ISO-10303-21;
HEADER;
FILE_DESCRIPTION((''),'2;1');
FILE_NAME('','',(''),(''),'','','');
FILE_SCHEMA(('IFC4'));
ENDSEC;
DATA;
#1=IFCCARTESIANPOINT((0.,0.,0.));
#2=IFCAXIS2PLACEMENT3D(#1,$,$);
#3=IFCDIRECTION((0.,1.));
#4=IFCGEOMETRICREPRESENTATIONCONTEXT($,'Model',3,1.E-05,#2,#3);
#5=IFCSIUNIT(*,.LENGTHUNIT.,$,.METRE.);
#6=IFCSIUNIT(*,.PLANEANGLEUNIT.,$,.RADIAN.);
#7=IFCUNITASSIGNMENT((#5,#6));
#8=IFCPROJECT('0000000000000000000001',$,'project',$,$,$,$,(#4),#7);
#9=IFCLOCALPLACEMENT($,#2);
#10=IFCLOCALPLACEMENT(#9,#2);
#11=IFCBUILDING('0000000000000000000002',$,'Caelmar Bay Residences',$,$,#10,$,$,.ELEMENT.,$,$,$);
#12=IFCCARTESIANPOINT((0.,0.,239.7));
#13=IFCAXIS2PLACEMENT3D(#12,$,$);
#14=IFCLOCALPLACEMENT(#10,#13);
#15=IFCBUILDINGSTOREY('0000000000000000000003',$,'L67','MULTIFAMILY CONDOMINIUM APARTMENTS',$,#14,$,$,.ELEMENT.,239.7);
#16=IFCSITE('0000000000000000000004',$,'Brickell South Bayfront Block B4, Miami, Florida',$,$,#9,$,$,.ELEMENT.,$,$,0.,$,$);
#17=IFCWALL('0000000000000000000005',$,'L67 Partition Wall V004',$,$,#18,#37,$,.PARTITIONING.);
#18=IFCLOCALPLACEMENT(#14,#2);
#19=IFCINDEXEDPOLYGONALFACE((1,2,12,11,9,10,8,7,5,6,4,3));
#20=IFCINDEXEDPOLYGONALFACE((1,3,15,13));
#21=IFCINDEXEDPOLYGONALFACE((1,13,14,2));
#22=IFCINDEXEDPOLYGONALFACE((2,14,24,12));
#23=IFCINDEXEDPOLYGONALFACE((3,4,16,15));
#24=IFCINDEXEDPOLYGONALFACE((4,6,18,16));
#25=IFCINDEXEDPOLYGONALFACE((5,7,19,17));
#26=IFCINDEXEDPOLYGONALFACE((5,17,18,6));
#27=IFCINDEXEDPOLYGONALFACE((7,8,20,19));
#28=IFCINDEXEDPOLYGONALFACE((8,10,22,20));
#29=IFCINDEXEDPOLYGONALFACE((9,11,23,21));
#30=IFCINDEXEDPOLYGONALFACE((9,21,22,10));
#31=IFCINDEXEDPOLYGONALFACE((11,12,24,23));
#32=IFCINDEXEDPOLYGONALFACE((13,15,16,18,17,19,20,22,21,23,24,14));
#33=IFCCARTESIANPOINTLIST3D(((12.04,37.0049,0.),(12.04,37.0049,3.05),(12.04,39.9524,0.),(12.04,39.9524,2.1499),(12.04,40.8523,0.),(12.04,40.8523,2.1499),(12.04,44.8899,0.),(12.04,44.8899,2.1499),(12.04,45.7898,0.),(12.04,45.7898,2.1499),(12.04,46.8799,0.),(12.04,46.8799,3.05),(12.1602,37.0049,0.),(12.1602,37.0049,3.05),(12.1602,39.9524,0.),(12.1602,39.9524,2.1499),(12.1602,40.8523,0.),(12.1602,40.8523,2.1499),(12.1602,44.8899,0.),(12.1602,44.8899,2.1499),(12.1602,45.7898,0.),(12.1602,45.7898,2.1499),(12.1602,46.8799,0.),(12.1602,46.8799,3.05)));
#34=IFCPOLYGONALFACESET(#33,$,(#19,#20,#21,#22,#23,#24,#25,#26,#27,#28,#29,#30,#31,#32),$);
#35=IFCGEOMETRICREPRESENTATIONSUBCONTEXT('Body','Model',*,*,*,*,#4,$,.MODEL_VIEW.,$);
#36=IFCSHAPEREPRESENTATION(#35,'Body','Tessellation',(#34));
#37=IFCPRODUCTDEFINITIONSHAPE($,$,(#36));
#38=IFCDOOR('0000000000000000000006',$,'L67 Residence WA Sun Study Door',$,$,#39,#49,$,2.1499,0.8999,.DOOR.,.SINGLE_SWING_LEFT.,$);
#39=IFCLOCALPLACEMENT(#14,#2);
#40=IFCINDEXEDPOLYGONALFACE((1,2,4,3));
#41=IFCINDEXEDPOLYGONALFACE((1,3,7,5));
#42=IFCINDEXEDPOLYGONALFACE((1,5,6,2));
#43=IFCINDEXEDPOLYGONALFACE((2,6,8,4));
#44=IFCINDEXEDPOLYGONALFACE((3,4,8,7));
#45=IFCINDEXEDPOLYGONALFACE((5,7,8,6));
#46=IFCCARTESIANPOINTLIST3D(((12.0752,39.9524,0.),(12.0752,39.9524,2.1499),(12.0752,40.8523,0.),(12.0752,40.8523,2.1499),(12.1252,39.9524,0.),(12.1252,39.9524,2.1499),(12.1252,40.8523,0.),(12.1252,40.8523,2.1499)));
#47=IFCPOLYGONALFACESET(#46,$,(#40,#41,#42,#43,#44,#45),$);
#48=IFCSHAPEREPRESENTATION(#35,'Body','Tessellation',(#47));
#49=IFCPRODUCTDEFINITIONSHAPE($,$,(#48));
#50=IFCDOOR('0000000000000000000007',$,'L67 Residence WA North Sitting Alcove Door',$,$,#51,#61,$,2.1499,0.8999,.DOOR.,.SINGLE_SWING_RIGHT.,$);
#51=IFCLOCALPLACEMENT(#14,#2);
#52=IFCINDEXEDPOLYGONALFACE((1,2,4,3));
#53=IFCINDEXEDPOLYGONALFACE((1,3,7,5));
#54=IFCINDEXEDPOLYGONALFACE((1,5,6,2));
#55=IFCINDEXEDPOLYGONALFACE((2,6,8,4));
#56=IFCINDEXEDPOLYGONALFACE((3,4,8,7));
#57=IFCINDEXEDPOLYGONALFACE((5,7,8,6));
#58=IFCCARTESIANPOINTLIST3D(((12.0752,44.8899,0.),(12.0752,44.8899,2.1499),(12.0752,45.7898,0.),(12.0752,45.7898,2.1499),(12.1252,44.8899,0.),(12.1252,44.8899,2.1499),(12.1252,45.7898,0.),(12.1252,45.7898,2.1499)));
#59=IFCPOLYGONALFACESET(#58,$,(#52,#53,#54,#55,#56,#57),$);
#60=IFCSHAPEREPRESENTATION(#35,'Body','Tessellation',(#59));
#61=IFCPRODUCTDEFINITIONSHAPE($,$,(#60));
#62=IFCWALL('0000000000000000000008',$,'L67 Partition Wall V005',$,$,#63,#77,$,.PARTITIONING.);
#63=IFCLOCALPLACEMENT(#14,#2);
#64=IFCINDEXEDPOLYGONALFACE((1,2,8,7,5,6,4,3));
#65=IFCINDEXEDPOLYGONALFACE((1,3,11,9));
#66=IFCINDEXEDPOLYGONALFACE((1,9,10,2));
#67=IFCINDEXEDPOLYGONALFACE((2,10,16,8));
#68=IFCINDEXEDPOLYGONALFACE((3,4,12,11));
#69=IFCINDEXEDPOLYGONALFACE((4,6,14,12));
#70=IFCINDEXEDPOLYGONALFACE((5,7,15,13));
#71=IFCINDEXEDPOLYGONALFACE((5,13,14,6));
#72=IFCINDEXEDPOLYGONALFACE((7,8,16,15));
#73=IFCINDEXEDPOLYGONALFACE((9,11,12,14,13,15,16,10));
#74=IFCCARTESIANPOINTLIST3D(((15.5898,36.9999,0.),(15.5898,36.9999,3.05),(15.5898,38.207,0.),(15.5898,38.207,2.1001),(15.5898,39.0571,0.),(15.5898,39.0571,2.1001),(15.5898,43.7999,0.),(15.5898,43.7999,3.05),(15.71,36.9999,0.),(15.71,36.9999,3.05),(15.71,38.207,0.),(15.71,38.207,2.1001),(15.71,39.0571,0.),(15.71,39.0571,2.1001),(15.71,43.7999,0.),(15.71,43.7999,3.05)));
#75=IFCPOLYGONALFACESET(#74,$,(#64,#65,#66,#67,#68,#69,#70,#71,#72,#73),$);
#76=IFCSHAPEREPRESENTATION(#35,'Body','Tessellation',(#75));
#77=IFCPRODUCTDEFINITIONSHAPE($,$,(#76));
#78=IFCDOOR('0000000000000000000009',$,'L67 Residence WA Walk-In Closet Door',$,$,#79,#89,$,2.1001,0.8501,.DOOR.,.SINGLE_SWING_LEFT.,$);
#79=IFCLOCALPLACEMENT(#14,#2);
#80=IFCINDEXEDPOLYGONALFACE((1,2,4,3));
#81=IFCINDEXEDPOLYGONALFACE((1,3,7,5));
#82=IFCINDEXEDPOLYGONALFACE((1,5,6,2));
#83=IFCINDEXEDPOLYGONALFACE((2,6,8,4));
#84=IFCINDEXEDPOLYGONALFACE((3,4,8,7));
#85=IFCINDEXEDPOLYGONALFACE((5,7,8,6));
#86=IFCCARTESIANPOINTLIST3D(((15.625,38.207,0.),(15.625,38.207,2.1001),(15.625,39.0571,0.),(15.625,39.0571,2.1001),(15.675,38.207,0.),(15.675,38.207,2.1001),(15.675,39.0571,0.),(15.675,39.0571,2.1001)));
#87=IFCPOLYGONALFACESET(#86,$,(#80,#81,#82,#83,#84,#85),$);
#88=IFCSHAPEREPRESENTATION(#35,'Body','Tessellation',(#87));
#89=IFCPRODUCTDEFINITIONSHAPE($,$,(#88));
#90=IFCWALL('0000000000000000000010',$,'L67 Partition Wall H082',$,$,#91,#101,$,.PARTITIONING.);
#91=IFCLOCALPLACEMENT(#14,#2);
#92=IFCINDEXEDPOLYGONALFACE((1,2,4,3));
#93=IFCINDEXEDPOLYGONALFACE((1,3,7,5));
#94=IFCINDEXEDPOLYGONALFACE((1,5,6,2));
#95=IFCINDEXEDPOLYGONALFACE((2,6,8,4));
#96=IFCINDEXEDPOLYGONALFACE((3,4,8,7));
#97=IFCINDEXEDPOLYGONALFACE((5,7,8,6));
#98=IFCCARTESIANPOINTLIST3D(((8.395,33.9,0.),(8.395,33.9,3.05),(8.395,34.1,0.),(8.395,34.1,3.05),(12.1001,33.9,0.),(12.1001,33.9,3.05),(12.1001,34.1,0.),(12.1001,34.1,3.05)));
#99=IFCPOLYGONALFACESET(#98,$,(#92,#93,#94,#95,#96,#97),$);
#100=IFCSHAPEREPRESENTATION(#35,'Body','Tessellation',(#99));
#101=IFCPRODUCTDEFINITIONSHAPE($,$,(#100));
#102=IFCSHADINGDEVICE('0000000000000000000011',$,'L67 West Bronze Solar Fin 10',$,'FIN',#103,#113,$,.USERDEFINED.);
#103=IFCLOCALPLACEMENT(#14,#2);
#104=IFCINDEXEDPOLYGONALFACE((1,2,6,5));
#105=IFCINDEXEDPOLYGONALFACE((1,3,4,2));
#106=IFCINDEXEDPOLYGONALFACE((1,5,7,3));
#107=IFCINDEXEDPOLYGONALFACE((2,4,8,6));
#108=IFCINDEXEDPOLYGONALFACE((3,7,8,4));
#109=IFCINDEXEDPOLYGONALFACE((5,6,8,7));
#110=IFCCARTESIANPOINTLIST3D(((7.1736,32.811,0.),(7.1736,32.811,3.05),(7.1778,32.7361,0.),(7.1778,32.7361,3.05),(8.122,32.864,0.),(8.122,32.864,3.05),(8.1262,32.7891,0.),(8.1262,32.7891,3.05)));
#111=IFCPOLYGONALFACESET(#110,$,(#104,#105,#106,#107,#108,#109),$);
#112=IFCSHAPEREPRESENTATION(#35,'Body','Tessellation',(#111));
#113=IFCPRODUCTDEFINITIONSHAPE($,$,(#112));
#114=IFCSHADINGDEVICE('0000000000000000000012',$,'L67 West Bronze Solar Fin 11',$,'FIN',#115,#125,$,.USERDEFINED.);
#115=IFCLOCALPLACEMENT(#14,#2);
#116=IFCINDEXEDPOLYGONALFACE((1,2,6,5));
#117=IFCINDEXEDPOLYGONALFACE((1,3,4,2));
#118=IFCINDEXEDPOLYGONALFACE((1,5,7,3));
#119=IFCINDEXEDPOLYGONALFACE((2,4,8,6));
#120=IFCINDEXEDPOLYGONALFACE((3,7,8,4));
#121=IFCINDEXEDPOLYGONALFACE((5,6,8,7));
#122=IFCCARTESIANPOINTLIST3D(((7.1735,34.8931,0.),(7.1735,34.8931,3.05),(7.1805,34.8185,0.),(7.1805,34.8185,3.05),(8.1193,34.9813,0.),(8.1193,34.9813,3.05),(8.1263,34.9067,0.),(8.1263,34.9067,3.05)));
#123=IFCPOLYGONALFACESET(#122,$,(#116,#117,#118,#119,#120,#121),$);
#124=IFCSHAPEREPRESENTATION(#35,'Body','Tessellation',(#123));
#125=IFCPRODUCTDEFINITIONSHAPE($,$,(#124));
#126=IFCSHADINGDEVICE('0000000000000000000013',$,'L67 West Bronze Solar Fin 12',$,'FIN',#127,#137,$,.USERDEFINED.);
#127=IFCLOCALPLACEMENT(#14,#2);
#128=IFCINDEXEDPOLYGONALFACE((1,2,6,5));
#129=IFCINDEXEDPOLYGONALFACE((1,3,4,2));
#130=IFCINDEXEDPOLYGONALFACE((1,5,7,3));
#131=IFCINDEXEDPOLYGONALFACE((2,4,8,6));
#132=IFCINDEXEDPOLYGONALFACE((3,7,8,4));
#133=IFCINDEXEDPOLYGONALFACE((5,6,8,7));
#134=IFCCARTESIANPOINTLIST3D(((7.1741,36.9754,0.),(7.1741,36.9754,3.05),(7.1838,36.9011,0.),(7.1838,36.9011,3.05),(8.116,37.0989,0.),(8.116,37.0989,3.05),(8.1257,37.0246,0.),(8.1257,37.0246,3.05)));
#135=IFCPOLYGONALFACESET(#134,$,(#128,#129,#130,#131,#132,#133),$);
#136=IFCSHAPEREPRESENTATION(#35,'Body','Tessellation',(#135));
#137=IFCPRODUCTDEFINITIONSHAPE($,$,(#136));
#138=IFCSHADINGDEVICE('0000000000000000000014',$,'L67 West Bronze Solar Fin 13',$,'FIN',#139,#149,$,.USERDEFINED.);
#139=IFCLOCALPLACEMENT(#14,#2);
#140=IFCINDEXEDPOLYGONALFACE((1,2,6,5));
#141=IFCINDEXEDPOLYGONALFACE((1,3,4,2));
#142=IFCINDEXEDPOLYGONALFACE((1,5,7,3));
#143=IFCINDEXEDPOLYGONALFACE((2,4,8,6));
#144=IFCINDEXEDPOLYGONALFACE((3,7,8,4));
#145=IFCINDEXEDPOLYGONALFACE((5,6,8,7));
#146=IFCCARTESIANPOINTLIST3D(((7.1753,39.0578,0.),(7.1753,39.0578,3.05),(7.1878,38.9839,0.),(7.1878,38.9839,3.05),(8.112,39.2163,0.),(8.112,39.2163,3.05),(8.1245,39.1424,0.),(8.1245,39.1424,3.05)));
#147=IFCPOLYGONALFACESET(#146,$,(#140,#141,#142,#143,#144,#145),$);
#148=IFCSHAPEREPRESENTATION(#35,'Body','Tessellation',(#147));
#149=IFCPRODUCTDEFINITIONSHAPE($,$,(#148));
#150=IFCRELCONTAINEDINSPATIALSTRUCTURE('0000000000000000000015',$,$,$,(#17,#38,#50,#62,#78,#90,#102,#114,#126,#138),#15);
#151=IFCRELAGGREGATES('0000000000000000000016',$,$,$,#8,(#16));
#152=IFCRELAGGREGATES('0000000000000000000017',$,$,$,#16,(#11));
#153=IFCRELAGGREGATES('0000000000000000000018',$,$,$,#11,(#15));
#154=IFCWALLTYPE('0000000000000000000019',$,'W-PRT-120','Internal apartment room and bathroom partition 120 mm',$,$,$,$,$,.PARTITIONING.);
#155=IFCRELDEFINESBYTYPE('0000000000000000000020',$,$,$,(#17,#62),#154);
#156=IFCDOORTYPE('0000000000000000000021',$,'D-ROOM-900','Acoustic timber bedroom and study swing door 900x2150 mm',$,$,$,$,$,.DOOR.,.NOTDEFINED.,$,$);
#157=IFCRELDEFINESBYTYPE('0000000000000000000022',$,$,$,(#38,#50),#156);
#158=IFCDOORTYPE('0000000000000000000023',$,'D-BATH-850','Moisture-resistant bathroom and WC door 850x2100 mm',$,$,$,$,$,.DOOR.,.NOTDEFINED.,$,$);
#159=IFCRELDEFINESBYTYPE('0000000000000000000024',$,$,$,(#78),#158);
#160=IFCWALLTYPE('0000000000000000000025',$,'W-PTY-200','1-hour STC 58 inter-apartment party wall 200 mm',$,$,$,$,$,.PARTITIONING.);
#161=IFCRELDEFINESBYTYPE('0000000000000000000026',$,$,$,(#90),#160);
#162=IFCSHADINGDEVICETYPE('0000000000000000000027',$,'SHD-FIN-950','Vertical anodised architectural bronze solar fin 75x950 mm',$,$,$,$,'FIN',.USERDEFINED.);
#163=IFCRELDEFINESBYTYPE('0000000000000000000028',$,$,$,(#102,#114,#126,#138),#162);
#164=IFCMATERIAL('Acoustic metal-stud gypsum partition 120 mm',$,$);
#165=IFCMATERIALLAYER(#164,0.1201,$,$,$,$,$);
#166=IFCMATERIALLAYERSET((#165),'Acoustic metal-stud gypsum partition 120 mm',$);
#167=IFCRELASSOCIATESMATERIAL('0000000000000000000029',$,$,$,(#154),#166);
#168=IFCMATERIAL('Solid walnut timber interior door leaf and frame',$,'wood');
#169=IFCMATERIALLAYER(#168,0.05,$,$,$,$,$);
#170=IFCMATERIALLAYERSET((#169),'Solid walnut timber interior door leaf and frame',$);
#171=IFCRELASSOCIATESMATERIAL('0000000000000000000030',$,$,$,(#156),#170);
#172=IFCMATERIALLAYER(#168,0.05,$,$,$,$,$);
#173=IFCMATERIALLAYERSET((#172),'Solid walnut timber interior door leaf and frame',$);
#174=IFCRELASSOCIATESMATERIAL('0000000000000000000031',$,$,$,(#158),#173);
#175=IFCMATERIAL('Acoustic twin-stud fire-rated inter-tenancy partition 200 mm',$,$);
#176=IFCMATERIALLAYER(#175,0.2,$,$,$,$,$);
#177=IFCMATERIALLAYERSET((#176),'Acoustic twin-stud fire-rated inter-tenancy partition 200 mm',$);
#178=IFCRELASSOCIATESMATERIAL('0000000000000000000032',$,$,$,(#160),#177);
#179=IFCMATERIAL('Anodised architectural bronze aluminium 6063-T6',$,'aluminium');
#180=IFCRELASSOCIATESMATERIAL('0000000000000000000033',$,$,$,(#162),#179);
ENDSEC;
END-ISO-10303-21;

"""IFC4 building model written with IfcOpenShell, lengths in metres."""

from ifc_helpers import new_model, si_unit, direction, frame, frame_2d, origin, origin_2d, place, context, subcontext, project, spatial, rectangle, extrude, material, layer, layer_set, material_profile, profile_set, type_object, element, fill, save


model = new_model("IFC4")

# Units and contexts
model_context = context("Model", 3, precision=1e-05, world=origin(), true_north=direction((0.0, 1.0)))
body_context = subcontext(model_context, "Body", "Model", "MODEL_VIEW")
ifc_project = project(units=[si_unit("LENGTHUNIT", "METRE"), si_unit("PLANEANGLEUNIT", "RADIAN")], contexts=[model_context])

# Site, building, storey
site_placement = place(None, origin())
site = spatial("IfcSite", under=ifc_project, at=site_placement, Name="Brickell South Bayfront Block B4, Miami, Florida", CompositionType="ELEMENT", RefElevation=0.0)
building_placement = place(site_placement, origin())
building = spatial("IfcBuilding", under=site, at=building_placement, Name="Caelmar Bay Residences", CompositionType="ELEMENT")
storey_placement = place(building_placement, frame((0.0, 0.0, 239.7)))
storey = spatial("IfcBuildingStorey", under=building, at=storey_placement, Name="L67", Description="MULTIFAMILY CONDOMINIUM APARTMENTS", CompositionType="ELEMENT", Elevation=239.7)

# Wall, openings, doors
ifc_material_1 = material(Name="Acoustic metal-stud gypsum partition 120 mm")
ifc_layer_1 = layer(ifc_material_1, 0.1201)
ifc_layer_set_1 = layer_set([ifc_layer_1], Name="Acoustic metal-stud gypsum partition 120 mm")
wall_type_1 = type_object("IfcWallType", Name="W-PRT-120", Description="Internal apartment room and bathroom partition 120 mm", PredefinedType="PARTITIONING", material=ifc_layer_set_1)
wall_1_placement = place(storey_placement, frame((12.1001, 37.0049, 0.0), z_axis=(0.0, 0.0, 1.0), x_axis=(0.0, 1.0, 0.0)))
wall_1 = element("IfcWall", 1, at=wall_1_placement, inside=storey, type_object=wall_type_1, Name="L67 Partition Wall V004", PredefinedType="PARTITIONING", context=body_context, shape_type="SweptSolid", body=[
    extrude(rectangle(XDim=9.875, YDim=0.1201, at=frame_2d((4.9375, 0.0))), origin(), (0.0, 0.0, 1.0), 3.05),
])
opening_1_placement = place(wall_1_placement, frame((2.9475, 0.0, 0.0)))
opening_1 = element("IfcOpeningElement", 2, at=opening_1_placement, cuts=wall_1, PredefinedType="OPENING", context=body_context, shape_type="SweptSolid", body=[
    extrude(rectangle(XDim=0.8999, YDim=2.1499, at=frame_2d((0.45, 1.075))), frame((0.0, 0.0701, 0.0), z_axis=(0.0, -1.0, 0.0), x_axis=(1.0, 0.0, 0.0)), (0.0, 0.0, 1.0), 0.1401),
])
opening_2_placement = place(wall_1_placement, frame((7.885, 0.0, 0.0)))
opening_2 = element("IfcOpeningElement", 3, at=opening_2_placement, cuts=wall_1, PredefinedType="OPENING", context=body_context, shape_type="SweptSolid", body=[
    extrude(rectangle(XDim=0.8999, YDim=2.1499, at=frame_2d((0.45, 1.075))), frame((0.0, 0.0701, 0.0), z_axis=(0.0, -1.0, 0.0), x_axis=(1.0, 0.0, 0.0)), (0.0, 0.0, 1.0), 0.1401),
])
ifc_material_2 = material(Name="Solid walnut timber interior door leaf and frame", Category="wood")
ifc_layer_2 = layer(ifc_material_2, 0.05)
ifc_layer_set_2 = layer_set([ifc_layer_2], Name="Solid walnut timber interior door leaf and frame")
door_type_1 = type_object("IfcDoorType", Name="D-ROOM-900", Description="Acoustic timber bedroom and study swing door 900x2150 mm", OperationType="NOTDEFINED", PredefinedType="DOOR", material=ifc_layer_set_2)
door_1_placement = place(opening_1_placement, origin())
door_1 = element("IfcDoor", 4, at=door_1_placement, inside=storey, type_object=door_type_1, Name="L67 Residence WA Sun Study Door", OperationType="SINGLE_SWING_LEFT", OverallHeight=2.1499, OverallWidth=0.8999, PredefinedType="DOOR", context=body_context, shape_type="SweptSolid", body=[
    extrude(rectangle(XDim=0.8999, YDim=2.1499, at=frame_2d((0.45, 1.075))), frame((0.0, 0.0249, 0.0), z_axis=(0.0, -1.0, 0.0), x_axis=(1.0, 0.0, 0.0)), (0.0, 0.0, 1.0), 0.05),
])
fill(opening_1, door_1)
door_2_placement = place(opening_2_placement, origin())
door_2 = element("IfcDoor", 5, at=door_2_placement, inside=storey, type_object=door_type_1, Name="L67 Residence WA North Sitting Alcove Door", OperationType="SINGLE_SWING_RIGHT", OverallHeight=2.1499, OverallWidth=0.8999, PredefinedType="DOOR", context=body_context, shape_type="SweptSolid", body=[
    extrude(rectangle(XDim=0.8999, YDim=2.1499, at=frame_2d((0.45, 1.075))), frame((0.0, 0.0249, 0.0), z_axis=(0.0, -1.0, 0.0), x_axis=(1.0, 0.0, 0.0)), (0.0, 0.0, 1.0), 0.05),
])
fill(opening_2, door_2)

# Wall, opening, door
wall_2_placement = place(storey_placement, frame((15.6499, 37.0, 0.0), z_axis=(0.0, 0.0, 1.0), x_axis=(0.0, 1.0, 0.0)))
wall_2 = element("IfcWall", 6, at=wall_2_placement, inside=storey, type_object=wall_type_1, Name="L67 Partition Wall V005", PredefinedType="PARTITIONING", context=body_context, shape_type="SweptSolid", body=[
    extrude(rectangle(XDim=6.8, YDim=0.1201, at=frame_2d((3.3999, 0.0))), origin(), (0.0, 0.0, 1.0), 3.05),
])
opening_3_placement = place(wall_2_placement, frame((1.207, 0.0, 0.0)))
opening_3 = element("IfcOpeningElement", 7, at=opening_3_placement, cuts=wall_2, PredefinedType="OPENING", context=body_context, shape_type="SweptSolid", body=[
    extrude(rectangle(XDim=0.8501, YDim=2.1001, at=frame_2d((0.425, 1.05))), frame((0.0, 0.0701, 0.0), z_axis=(0.0, -1.0, 0.0), x_axis=(1.0, 0.0, 0.0)), (0.0, 0.0, 1.0), 0.1401),
])
ifc_layer_3 = layer(ifc_material_2, 0.05)
ifc_layer_set_3 = layer_set([ifc_layer_3], Name="Solid walnut timber interior door leaf and frame")
door_type_2 = type_object("IfcDoorType", Name="D-BATH-850", Description="Moisture-resistant bathroom and WC door 850x2100 mm", OperationType="NOTDEFINED", PredefinedType="DOOR", material=ifc_layer_set_3)
door_3_placement = place(opening_3_placement, origin())
door_3 = element("IfcDoor", 8, at=door_3_placement, inside=storey, type_object=door_type_2, Name="L67 Residence WA Walk-In Closet Door", OperationType="SINGLE_SWING_LEFT", OverallHeight=2.1001, OverallWidth=0.8501, PredefinedType="DOOR", context=body_context, shape_type="SweptSolid", body=[
    extrude(rectangle(XDim=0.8501, YDim=2.1001, at=frame_2d((0.425, 1.05))), frame((0.0, 0.0249, 0.0), z_axis=(0.0, -1.0, 0.0), x_axis=(1.0, 0.0, 0.0)), (0.0, 0.0, 1.0), 0.05),
])
fill(opening_3, door_3)

# Wall
ifc_material_3 = material(Name="Acoustic twin-stud fire-rated inter-tenancy partition 200 mm")
ifc_layer_4 = layer(ifc_material_3, 0.2)
ifc_layer_set_4 = layer_set([ifc_layer_4], Name="Acoustic twin-stud fire-rated inter-tenancy partition 200 mm")
wall_type_2 = type_object("IfcWallType", Name="W-PTY-200", Description="1-hour STC 58 inter-apartment party wall 200 mm", PredefinedType="PARTITIONING", material=ifc_layer_set_4)
wall_3_placement = place(storey_placement, frame((8.395, 34.0, 0.0), z_axis=(0.0, 0.0, 1.0), x_axis=(1.0, 0.0, 0.0)))
element("IfcWall", 9, at=wall_3_placement, inside=storey, type_object=wall_type_2, Name="L67 Partition Wall H082", PredefinedType="PARTITIONING", context=body_context, shape_type="SweptSolid", body=[
    extrude(rectangle(XDim=3.7051, YDim=0.2, at=frame_2d((1.8525, 0.0))), origin(), (0.0, 0.0, 1.0), 3.05),
])

# Shading devices
ifc_material_4 = material(Name="Anodised architectural bronze aluminium 6063-T6", Category="aluminium")
ifc_material_profile = material_profile(ifc_material_4, rectangle(XDim=0.075, YDim=0.95, at=origin_2d()), Name="BRONZE-FIN-75X950")
ifc_profile_set = profile_set([ifc_material_profile], Name="Anodised architectural bronze aluminium 6063-T6")
shading_device_type = type_object("IfcShadingDeviceType", Name="SHD-FIN-950", Description="Vertical anodised architectural bronze solar fin 75x950 mm", ElementType="FIN", PredefinedType="USERDEFINED", material=ifc_profile_set)
for number, where, z_axis, x_axis, name in (
    (10, (7.6499, 32.8, 0.0), (0.0, 0.0, 1.0), (-0.055822, 0.998441, 0.0), "L67 West Bronze Solar Fin 10"),
    (11, (7.6499, 34.8999, 0.0), (0.0, 0.0, 1.0), (-0.092892, 0.995676, 0.0), "L67 West Bronze Solar Fin 11"),
    (12, (7.6499, 37.0, 0.0), (0.0, 0.0, 1.0), (-0.130007, 0.991513, 0.0), "L67 West Bronze Solar Fin 12"),
    (13, (7.6499, 39.1001, 0.0), (0.0, 0.0, 1.0), (-0.166769, 0.985996, 0.0), "L67 West Bronze Solar Fin 13"),
):
    element("IfcShadingDevice", number, at=place(storey_placement, frame(where, z_axis=z_axis, x_axis=x_axis)), inside=storey, type_object=shading_device_type, Name=name, ObjectType="FIN", PredefinedType="USERDEFINED", context=body_context, shape_type="SweptSolid", body=[
        extrude(rectangle(XDim=0.075, YDim=0.95, at=origin_2d()), origin(), (0.0, 0.0, 1.0), 3.05),
    ])

save(model, "model.ifc")
